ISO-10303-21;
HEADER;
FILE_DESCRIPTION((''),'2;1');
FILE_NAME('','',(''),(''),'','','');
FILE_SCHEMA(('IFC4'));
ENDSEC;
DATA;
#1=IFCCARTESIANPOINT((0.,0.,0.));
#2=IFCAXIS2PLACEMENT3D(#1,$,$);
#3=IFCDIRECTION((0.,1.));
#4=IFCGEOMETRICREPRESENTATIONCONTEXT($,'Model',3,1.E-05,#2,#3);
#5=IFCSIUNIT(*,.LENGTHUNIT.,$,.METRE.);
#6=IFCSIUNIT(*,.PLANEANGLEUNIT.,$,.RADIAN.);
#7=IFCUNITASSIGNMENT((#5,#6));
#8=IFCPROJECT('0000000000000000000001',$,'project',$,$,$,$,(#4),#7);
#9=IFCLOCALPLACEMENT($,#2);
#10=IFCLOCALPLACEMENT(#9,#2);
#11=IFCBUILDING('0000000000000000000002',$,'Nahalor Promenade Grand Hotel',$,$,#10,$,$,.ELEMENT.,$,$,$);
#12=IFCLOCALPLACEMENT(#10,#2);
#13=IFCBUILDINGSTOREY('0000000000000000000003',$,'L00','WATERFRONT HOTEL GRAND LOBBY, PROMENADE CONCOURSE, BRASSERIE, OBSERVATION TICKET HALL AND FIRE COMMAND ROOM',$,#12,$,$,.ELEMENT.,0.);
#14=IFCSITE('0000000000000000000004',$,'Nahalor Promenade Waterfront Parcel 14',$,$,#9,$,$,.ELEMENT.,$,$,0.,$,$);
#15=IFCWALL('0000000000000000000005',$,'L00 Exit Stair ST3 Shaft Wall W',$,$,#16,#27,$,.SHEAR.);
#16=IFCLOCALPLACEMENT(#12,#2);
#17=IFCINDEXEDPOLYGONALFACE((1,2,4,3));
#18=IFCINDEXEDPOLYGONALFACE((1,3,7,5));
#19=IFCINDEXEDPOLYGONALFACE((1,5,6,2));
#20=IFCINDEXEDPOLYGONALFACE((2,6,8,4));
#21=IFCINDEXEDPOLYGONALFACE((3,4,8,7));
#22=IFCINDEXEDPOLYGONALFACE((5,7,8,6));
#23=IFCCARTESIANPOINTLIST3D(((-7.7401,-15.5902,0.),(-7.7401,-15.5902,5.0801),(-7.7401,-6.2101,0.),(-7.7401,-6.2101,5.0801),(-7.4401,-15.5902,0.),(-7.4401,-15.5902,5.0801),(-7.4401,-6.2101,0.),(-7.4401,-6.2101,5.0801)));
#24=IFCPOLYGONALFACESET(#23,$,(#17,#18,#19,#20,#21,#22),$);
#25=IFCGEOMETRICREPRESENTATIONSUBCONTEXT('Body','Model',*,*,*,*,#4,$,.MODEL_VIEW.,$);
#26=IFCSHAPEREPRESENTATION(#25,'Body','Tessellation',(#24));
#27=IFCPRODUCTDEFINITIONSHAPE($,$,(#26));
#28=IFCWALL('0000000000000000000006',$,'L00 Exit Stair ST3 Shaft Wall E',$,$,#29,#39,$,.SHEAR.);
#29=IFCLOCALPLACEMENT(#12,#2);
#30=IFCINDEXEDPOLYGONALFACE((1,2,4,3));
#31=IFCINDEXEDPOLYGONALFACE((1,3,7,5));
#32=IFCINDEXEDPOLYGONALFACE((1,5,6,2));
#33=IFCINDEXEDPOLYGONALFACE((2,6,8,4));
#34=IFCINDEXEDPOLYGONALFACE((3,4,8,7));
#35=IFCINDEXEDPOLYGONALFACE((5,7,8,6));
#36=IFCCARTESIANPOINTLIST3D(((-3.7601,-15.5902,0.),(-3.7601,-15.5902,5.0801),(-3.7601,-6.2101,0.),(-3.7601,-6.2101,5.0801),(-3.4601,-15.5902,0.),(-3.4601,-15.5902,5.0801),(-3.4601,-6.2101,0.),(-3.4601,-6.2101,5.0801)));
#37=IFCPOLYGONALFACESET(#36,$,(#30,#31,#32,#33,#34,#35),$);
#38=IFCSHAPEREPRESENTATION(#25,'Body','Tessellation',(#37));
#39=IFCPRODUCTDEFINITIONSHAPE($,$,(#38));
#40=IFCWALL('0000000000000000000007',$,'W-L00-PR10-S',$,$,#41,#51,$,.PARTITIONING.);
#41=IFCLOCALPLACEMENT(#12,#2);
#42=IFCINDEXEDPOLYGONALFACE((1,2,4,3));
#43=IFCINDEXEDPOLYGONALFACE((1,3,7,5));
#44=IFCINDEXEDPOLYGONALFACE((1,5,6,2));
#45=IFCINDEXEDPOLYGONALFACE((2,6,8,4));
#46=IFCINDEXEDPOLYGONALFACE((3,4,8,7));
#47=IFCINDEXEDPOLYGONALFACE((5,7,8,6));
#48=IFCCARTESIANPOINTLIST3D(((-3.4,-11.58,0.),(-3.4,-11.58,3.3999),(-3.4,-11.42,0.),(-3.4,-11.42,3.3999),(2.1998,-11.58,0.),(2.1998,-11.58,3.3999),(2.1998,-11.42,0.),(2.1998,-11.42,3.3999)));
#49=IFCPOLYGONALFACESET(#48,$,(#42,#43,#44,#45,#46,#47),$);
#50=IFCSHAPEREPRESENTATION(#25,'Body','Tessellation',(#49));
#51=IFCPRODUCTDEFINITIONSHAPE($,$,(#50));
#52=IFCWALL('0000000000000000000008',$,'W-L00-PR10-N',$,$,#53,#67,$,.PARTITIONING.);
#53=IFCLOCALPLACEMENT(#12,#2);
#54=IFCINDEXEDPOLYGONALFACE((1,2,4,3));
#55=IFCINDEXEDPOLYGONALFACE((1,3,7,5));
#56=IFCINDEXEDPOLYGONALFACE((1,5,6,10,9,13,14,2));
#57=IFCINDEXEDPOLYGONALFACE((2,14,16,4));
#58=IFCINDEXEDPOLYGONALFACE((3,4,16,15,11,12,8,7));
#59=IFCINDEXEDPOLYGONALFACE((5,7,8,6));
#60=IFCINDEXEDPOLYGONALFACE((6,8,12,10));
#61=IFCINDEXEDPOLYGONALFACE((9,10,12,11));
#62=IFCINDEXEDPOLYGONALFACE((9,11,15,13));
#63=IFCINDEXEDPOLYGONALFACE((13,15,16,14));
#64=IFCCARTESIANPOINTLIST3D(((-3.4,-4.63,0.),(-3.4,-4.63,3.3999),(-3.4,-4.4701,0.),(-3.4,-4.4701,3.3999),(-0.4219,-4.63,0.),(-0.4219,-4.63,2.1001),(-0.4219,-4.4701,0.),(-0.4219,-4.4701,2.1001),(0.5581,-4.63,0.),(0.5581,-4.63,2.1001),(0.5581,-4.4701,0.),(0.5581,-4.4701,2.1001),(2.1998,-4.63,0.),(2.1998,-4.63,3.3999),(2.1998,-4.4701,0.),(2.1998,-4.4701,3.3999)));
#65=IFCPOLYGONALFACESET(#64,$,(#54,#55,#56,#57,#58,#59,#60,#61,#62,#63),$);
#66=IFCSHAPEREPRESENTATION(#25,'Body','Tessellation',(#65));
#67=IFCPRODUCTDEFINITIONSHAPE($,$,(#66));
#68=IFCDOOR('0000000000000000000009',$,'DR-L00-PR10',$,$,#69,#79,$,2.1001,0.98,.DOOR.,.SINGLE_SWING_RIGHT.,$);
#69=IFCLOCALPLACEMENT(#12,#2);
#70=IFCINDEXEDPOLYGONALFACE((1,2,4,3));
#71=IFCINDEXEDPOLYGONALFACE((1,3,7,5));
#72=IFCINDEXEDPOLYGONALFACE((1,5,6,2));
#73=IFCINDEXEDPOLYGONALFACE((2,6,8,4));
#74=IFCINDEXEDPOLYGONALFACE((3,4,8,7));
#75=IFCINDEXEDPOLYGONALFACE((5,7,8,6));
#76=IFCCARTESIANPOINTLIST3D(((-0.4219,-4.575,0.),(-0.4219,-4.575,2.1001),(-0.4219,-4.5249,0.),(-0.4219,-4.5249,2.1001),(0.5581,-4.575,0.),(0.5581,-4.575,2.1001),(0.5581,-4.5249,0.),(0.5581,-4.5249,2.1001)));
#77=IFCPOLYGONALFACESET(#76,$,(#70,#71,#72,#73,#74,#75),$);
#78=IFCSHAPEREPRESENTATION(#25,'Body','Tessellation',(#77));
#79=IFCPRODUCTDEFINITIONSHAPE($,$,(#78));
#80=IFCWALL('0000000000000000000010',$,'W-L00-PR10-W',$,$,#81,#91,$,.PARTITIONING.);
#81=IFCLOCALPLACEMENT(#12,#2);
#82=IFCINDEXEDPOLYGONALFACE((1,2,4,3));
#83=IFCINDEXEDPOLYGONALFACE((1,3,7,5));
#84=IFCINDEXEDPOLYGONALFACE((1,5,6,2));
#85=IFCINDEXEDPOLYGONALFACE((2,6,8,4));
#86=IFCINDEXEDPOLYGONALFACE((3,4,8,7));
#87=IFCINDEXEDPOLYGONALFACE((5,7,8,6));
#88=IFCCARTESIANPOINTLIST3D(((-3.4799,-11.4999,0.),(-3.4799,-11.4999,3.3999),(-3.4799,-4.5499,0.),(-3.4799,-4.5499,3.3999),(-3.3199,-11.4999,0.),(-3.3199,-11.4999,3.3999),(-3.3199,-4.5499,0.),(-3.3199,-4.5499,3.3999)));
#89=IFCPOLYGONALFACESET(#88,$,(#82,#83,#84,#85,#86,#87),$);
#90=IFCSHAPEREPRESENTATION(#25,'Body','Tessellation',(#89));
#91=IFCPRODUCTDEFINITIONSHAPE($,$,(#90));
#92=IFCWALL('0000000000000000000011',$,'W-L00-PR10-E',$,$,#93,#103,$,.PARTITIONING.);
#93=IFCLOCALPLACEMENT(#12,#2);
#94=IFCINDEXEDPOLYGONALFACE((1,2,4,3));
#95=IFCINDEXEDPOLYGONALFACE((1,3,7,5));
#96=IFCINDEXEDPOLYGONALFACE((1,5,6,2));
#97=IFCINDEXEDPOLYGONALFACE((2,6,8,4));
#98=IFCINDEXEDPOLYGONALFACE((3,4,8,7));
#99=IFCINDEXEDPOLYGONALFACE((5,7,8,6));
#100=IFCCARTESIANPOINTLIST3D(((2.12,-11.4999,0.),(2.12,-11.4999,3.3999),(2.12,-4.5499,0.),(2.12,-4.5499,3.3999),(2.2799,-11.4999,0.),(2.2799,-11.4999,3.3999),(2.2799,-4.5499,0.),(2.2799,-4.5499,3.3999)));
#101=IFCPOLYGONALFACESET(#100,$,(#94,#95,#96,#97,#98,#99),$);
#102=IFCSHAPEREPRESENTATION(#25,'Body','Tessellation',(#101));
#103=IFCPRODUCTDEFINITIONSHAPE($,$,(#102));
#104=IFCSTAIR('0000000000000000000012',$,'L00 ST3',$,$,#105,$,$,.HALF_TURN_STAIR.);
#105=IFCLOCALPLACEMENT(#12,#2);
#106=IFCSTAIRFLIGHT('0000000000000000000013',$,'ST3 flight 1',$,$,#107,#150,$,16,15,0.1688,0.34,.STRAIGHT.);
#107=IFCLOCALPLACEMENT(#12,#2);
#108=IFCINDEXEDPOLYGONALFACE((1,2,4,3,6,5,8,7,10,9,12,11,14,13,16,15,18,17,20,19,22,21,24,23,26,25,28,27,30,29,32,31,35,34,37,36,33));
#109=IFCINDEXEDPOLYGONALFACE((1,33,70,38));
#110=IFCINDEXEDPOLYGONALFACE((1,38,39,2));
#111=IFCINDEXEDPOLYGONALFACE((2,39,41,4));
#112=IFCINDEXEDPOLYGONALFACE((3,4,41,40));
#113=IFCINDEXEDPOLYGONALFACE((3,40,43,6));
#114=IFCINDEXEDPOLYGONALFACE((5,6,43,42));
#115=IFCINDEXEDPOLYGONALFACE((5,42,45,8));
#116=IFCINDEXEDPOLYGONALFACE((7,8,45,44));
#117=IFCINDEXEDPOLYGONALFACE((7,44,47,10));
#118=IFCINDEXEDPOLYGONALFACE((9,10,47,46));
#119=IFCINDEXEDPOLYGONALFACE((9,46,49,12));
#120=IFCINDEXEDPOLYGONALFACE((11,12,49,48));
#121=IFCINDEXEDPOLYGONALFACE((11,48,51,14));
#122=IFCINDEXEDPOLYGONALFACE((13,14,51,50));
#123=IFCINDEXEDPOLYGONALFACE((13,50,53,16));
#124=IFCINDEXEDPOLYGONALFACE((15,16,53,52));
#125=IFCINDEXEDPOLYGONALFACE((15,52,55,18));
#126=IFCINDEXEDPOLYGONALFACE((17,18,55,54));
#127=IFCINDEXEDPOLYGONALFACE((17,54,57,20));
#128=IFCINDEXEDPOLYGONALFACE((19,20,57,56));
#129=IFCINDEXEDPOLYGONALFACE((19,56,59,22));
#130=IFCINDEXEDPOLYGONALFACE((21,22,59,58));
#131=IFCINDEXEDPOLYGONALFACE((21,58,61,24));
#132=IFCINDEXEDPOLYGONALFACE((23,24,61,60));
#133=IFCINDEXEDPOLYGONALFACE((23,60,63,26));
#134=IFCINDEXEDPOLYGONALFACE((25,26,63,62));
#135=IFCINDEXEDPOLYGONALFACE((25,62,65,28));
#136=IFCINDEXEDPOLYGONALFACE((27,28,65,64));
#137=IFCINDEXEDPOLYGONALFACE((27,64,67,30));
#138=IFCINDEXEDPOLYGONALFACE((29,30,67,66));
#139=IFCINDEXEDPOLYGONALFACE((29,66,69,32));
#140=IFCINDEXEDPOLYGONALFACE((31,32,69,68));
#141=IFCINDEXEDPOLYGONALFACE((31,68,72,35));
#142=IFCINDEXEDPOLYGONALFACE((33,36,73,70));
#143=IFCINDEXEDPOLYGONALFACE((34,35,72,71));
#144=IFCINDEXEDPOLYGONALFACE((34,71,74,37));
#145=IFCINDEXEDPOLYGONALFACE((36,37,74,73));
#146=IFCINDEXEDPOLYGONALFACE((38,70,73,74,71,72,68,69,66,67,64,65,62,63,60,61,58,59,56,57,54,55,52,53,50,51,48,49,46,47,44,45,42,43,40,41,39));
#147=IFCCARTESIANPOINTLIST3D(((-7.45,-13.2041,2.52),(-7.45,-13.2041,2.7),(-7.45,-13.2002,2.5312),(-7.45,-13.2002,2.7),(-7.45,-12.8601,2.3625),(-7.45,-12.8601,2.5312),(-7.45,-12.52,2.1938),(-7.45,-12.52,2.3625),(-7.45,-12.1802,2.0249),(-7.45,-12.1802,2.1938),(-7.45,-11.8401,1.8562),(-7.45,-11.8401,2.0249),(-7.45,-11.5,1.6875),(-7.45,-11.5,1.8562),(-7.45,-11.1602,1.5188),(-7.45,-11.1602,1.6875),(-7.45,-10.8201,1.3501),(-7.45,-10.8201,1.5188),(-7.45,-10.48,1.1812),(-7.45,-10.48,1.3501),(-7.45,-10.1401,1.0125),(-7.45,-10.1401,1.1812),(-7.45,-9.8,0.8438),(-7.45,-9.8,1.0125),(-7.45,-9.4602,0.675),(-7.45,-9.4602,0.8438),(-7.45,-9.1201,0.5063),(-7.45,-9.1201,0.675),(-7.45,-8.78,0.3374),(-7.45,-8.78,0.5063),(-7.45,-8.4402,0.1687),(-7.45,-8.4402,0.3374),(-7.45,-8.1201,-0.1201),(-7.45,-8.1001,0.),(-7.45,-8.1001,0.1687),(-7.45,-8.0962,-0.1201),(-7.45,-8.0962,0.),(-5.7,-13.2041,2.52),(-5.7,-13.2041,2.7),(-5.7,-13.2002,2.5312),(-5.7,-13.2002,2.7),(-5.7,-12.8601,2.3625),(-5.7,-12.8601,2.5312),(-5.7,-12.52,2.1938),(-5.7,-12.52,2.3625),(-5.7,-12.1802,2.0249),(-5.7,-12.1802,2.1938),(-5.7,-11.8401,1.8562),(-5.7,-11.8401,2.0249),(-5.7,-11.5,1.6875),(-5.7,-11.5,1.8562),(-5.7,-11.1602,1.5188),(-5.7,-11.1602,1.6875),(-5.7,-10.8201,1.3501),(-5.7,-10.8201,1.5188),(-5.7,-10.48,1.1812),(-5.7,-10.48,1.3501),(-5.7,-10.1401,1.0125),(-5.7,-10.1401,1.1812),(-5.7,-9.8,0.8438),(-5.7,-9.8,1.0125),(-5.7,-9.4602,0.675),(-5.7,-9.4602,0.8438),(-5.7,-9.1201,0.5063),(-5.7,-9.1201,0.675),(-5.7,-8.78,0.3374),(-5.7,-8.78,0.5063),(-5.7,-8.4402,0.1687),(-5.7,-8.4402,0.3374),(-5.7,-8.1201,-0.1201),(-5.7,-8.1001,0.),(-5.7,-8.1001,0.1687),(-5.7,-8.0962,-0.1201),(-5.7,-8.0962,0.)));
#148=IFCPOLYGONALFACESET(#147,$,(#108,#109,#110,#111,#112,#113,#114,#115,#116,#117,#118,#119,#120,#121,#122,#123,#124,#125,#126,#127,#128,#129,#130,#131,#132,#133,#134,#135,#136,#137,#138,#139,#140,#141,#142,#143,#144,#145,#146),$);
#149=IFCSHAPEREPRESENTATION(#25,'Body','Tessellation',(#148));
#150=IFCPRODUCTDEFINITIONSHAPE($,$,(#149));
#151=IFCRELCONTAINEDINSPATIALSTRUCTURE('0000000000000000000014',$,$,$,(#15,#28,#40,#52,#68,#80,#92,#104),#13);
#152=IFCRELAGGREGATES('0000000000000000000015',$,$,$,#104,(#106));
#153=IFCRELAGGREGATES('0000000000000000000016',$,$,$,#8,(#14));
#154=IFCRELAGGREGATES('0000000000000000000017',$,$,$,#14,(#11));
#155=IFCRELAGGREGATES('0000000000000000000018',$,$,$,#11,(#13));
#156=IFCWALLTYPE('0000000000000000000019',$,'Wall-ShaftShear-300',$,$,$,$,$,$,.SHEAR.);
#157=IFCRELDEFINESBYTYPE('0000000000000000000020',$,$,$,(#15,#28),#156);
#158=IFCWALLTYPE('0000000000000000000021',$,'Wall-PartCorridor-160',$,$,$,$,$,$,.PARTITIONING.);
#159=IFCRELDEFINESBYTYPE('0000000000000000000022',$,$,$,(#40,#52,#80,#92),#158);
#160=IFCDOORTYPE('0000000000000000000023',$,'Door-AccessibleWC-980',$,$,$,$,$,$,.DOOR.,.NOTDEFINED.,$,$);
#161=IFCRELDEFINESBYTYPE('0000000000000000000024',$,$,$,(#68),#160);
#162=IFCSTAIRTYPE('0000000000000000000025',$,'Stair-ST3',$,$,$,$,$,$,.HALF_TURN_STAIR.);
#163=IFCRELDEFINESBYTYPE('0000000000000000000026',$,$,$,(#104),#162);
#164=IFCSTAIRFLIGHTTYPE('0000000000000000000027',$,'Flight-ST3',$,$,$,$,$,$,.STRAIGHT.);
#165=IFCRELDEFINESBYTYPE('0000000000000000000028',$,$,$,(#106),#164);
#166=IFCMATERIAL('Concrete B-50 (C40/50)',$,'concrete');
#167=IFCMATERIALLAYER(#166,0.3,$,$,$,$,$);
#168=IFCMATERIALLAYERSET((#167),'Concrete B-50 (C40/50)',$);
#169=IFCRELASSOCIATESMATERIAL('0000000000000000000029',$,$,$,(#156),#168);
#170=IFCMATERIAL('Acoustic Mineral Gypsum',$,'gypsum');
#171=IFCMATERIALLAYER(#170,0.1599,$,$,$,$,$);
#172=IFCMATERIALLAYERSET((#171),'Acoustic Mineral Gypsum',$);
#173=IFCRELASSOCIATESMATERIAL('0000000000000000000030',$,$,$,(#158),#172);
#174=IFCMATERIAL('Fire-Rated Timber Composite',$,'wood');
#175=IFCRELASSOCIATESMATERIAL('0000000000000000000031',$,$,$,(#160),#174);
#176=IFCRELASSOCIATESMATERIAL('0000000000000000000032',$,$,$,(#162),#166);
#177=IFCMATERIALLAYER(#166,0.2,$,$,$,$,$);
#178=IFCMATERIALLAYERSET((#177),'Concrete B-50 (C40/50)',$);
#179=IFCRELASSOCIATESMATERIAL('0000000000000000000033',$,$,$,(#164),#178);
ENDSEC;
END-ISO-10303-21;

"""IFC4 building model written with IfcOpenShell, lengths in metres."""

from ifc_helpers import new_model, si_unit, direction, frame, frame_2d, origin, place, context, subcontext, project, spatial, polyline, rectangle, outline, extrude, source, transform, mapped, material, layer, layer_set, type_object, element, fill, aggregate, save


model = new_model("IFC4")

# Units and contexts
model_context = context("Model", 3, precision=1e-05, world=origin(), true_north=direction((0.0, 1.0)))
body_context = subcontext(model_context, "Body", "Model", "MODEL_VIEW")
ifc_project = project(units=[si_unit("LENGTHUNIT", "METRE"), si_unit("PLANEANGLEUNIT", "RADIAN")], contexts=[model_context])

# Site, building, storey
site_placement = place(None, origin())
site = spatial("IfcSite", under=ifc_project, at=site_placement, Name="Nahalor Promenade Waterfront Parcel 14", CompositionType="ELEMENT", RefElevation=0.0)
building_placement = place(site_placement, origin())
building = spatial("IfcBuilding", under=site, at=building_placement, Name="Nahalor Promenade Grand Hotel", CompositionType="ELEMENT")
storey_placement = place(building_placement, origin())
storey = spatial("IfcBuildingStorey", under=building, at=storey_placement, Name="L00", Description="WATERFRONT HOTEL GRAND LOBBY, PROMENADE CONCOURSE, BRASSERIE, OBSERVATION TICKET HALL AND FIRE COMMAND ROOM", CompositionType="ELEMENT", Elevation=0.0)

# Shared definitions
ifc_material_1 = material(Name="Concrete B-50 (C40/50)", Category="concrete")
ifc_layer_1 = layer(ifc_material_1, 0.3)
ifc_layer_set_1 = layer_set([ifc_layer_1], Name="Concrete B-50 (C40/50)")
wall_type_1 = type_object("IfcWallType", Name="Wall-ShaftShear-300", PredefinedType="SHEAR", material=ifc_layer_set_1)

# Walls
shared_shape_1 = source(origin(), body_context, "Body", "SweptSolid", [
    extrude(rectangle(XDim=9.3801, YDim=0.3, at=frame_2d((4.6899, 0.0))), origin(), (0.0, 0.0, 1.0), 5.0801),
])
for number, where, z_axis, x_axis, name in (
    (1, (-7.5901, -15.5901, 0.0), (0.0, 0.0, 1.0), (0.0, 1.0, 0.0), "L00 Exit Stair ST3 Shaft Wall W"),
    (2, (-3.6101, -15.5901, 0.0), (0.0, 0.0, 1.0), (0.0, 1.0, 0.0), "L00 Exit Stair ST3 Shaft Wall E"),
):
    element("IfcWall", number, at=place(storey_placement, frame(where, z_axis=z_axis, x_axis=x_axis)), inside=storey, type_object=wall_type_1, Name=name, PredefinedType="SHEAR", context=body_context, shape_type="MappedRepresentation", body=[
        mapped(shared_shape_1, transform((0.0, 0.0, 0.0), scale=1.0)),
    ])

# Wall
ifc_material_2 = material(Name="Acoustic Mineral Gypsum", Category="gypsum")
ifc_layer_2 = layer(ifc_material_2, 0.1599)
ifc_layer_set_2 = layer_set([ifc_layer_2], Name="Acoustic Mineral Gypsum")
wall_type_2 = type_object("IfcWallType", Name="Wall-PartCorridor-160", PredefinedType="PARTITIONING", material=ifc_layer_set_2)
shared_shape_2 = source(origin(), body_context, "Body", "SweptSolid", [
    extrude(rectangle(XDim=5.5999, YDim=0.1599, at=frame_2d((2.7998, 0.0))), origin(), (0.0, 0.0, 1.0), 3.3999),
])
wall_1_placement = place(storey_placement, frame((-3.3999, -11.5, 0.0), z_axis=(0.0, 0.0, 1.0), x_axis=(1.0, 0.0, 0.0)))
element("IfcWall", 3, at=wall_1_placement, inside=storey, type_object=wall_type_2, Name="W-L00-PR10-S", PredefinedType="PARTITIONING", context=body_context, shape_type="MappedRepresentation", body=[
    mapped(shared_shape_2, transform((0.0, 0.0, 0.0), scale=1.0)),
])

# Wall, opening, door
wall_2_placement = place(storey_placement, frame((-3.3999, -4.55, 0.0), z_axis=(0.0, 0.0, 1.0), x_axis=(1.0, 0.0, 0.0)))
wall_2 = element("IfcWall", 4, at=wall_2_placement, inside=storey, type_object=wall_type_2, Name="W-L00-PR10-N", PredefinedType="PARTITIONING", context=body_context, shape_type="MappedRepresentation", body=[
    mapped(shared_shape_2, transform((0.0, 0.0, 0.0), scale=1.0)),
])
opening_1_placement = place(wall_2_placement, frame((2.978, 0.0, 0.0)))
opening_1 = element("IfcOpeningElement", 5, at=opening_1_placement, cuts=wall_2, PredefinedType="OPENING", context=body_context, shape_type="SweptSolid", body=[
    extrude(rectangle(XDim=0.98, YDim=2.1001, at=frame_2d((0.49, 1.05))), frame((0.0, 0.0898, 0.0), z_axis=(0.0, -1.0, 0.0), x_axis=(1.0, 0.0, 0.0)), (0.0, 0.0, 1.0), 0.1799),
])
ifc_material_3 = material(Name="Fire-Rated Timber Composite", Category="wood")
door_type_1 = type_object("IfcDoorType", Name="Door-AccessibleWC-980", OperationType="NOTDEFINED", PredefinedType="DOOR", material=ifc_material_3)
shared_shape_3 = source(origin(), body_context, "Body", "SweptSolid", [
    extrude(rectangle(XDim=0.98, YDim=2.1001, at=frame_2d((0.49, 1.05))), frame((0.0, 0.0249, 0.0), z_axis=(0.0, -1.0, 0.0), x_axis=(1.0, 0.0, 0.0)), (0.0, 0.0, 1.0), 0.05),
])
door_1_placement = place(opening_1_placement, frame((0.98, 0.0, 0.0), z_axis=(0.0, 0.0, 1.0), x_axis=(-1.0, 0.0, 0.0)))
door_1 = element("IfcDoor", 6, at=door_1_placement, inside=storey, type_object=door_type_1, Name="DR-L00-PR10", OperationType="SINGLE_SWING_RIGHT", OverallHeight=2.1001, OverallWidth=0.98, PredefinedType="DOOR", context=body_context, shape_type="MappedRepresentation", body=[
    mapped(shared_shape_3, transform((0.0, 0.0, 0.0), scale=1.0)),
])
fill(opening_1, door_1)

# Walls
shared_shape_4 = source(origin(), body_context, "Body", "SweptSolid", [
    extrude(rectangle(XDim=6.95, YDim=0.1599, at=frame_2d((3.4751, 0.0))), origin(), (0.0, 0.0, 1.0), 3.3999),
])
for number, where, z_axis, x_axis, name in (
    (7, (-3.3999, -11.5, 0.0), (0.0, 0.0, 1.0), (0.0, 1.0, 0.0), "W-L00-PR10-W"),
    (8, (2.2, -11.5, 0.0), (0.0, 0.0, 1.0), (0.0, 1.0, 0.0), "W-L00-PR10-E"),
):
    element("IfcWall", number, at=place(storey_placement, frame(where, z_axis=z_axis, x_axis=x_axis)), inside=storey, type_object=wall_type_2, Name=name, PredefinedType="PARTITIONING", context=body_context, shape_type="MappedRepresentation", body=[
        mapped(shared_shape_4, transform((0.0, 0.0, 0.0), scale=1.0)),
    ])

# Stair, stair flight
stair_type = type_object("IfcStairType", Name="Stair-ST3", PredefinedType="HALF_TURN_STAIR", material=ifc_material_1)
stair_placement = place(storey_placement, origin())
stair = element("IfcStair", 9, at=stair_placement, inside=storey, type_object=stair_type, Name="L00 ST3", PredefinedType="HALF_TURN_STAIR")
ifc_layer_3 = layer(ifc_material_1, 0.2)
ifc_layer_set_3 = layer_set([ifc_layer_3], Name="Concrete B-50 (C40/50)")
stair_flight_type = type_object("IfcStairFlightType", Name="Flight-ST3", PredefinedType="STRAIGHT", material=ifc_layer_set_3)
shared_shape_5 = source(origin(), body_context, "Body", "SweptSolid", [
    extrude(outline(polyline([(-0.0039, -0.1201), (-0.0039, 0.0), (0.0, 0.0), (0.0, 0.1687), (0.3401, 0.1687), (0.3401, 0.3374), (0.6799, 0.3374), (0.6799, 0.5063), (1.02, 0.5063), (1.02, 0.675), (1.3601, 0.675), (1.3601, 0.8438), (1.7, 0.8438), (1.7, 1.0125), (2.04, 1.0125), (2.04, 1.1812), (2.3799, 1.1812), (2.3799, 1.3501), (2.72, 1.3501), (2.72, 1.5188), (3.0601, 1.5188), (3.0601, 1.6875), (3.3999, 1.6875), (3.3999, 1.8562), (3.74, 1.8562), (3.74, 2.0249), (4.0801, 2.0249), (4.0801, 2.1938), (4.4199, 2.1938), (4.4199, 2.3625), (4.76, 2.3625), (4.76, 2.5312), (5.1001, 2.5312), (5.1001, 2.7), (5.104, 2.7), (5.104, 2.52), (0.02, -0.1201), (-0.0039, -0.1201)])), frame((0.0, 0.875, 0.0), z_axis=(0.0, -1.0, 0.0), x_axis=(1.0, 0.0, 0.0)), (0.0, 0.0, 1.0), 1.75),
])
stair_flight_1_placement = place(storey_placement, frame((-6.575, -8.1001, 0.0), z_axis=(0.0, 0.0, 1.0), x_axis=(0.0, -1.0, 0.0)))
stair_flight_1 = element("IfcStairFlight", 10, at=stair_flight_1_placement, type_object=stair_flight_type, Name="ST3 flight 1", NumberOfRisers=16, NumberOfTreads=15, PredefinedType="STRAIGHT", RiserHeight=0.1688, TreadLength=0.34, context=body_context, shape_type="MappedRepresentation", body=[
    mapped(shared_shape_5, transform((0.0, 0.0, 0.0), scale=1.0)),
])
aggregate(stair, [stair_flight_1])

save(model, "model.ifc")
